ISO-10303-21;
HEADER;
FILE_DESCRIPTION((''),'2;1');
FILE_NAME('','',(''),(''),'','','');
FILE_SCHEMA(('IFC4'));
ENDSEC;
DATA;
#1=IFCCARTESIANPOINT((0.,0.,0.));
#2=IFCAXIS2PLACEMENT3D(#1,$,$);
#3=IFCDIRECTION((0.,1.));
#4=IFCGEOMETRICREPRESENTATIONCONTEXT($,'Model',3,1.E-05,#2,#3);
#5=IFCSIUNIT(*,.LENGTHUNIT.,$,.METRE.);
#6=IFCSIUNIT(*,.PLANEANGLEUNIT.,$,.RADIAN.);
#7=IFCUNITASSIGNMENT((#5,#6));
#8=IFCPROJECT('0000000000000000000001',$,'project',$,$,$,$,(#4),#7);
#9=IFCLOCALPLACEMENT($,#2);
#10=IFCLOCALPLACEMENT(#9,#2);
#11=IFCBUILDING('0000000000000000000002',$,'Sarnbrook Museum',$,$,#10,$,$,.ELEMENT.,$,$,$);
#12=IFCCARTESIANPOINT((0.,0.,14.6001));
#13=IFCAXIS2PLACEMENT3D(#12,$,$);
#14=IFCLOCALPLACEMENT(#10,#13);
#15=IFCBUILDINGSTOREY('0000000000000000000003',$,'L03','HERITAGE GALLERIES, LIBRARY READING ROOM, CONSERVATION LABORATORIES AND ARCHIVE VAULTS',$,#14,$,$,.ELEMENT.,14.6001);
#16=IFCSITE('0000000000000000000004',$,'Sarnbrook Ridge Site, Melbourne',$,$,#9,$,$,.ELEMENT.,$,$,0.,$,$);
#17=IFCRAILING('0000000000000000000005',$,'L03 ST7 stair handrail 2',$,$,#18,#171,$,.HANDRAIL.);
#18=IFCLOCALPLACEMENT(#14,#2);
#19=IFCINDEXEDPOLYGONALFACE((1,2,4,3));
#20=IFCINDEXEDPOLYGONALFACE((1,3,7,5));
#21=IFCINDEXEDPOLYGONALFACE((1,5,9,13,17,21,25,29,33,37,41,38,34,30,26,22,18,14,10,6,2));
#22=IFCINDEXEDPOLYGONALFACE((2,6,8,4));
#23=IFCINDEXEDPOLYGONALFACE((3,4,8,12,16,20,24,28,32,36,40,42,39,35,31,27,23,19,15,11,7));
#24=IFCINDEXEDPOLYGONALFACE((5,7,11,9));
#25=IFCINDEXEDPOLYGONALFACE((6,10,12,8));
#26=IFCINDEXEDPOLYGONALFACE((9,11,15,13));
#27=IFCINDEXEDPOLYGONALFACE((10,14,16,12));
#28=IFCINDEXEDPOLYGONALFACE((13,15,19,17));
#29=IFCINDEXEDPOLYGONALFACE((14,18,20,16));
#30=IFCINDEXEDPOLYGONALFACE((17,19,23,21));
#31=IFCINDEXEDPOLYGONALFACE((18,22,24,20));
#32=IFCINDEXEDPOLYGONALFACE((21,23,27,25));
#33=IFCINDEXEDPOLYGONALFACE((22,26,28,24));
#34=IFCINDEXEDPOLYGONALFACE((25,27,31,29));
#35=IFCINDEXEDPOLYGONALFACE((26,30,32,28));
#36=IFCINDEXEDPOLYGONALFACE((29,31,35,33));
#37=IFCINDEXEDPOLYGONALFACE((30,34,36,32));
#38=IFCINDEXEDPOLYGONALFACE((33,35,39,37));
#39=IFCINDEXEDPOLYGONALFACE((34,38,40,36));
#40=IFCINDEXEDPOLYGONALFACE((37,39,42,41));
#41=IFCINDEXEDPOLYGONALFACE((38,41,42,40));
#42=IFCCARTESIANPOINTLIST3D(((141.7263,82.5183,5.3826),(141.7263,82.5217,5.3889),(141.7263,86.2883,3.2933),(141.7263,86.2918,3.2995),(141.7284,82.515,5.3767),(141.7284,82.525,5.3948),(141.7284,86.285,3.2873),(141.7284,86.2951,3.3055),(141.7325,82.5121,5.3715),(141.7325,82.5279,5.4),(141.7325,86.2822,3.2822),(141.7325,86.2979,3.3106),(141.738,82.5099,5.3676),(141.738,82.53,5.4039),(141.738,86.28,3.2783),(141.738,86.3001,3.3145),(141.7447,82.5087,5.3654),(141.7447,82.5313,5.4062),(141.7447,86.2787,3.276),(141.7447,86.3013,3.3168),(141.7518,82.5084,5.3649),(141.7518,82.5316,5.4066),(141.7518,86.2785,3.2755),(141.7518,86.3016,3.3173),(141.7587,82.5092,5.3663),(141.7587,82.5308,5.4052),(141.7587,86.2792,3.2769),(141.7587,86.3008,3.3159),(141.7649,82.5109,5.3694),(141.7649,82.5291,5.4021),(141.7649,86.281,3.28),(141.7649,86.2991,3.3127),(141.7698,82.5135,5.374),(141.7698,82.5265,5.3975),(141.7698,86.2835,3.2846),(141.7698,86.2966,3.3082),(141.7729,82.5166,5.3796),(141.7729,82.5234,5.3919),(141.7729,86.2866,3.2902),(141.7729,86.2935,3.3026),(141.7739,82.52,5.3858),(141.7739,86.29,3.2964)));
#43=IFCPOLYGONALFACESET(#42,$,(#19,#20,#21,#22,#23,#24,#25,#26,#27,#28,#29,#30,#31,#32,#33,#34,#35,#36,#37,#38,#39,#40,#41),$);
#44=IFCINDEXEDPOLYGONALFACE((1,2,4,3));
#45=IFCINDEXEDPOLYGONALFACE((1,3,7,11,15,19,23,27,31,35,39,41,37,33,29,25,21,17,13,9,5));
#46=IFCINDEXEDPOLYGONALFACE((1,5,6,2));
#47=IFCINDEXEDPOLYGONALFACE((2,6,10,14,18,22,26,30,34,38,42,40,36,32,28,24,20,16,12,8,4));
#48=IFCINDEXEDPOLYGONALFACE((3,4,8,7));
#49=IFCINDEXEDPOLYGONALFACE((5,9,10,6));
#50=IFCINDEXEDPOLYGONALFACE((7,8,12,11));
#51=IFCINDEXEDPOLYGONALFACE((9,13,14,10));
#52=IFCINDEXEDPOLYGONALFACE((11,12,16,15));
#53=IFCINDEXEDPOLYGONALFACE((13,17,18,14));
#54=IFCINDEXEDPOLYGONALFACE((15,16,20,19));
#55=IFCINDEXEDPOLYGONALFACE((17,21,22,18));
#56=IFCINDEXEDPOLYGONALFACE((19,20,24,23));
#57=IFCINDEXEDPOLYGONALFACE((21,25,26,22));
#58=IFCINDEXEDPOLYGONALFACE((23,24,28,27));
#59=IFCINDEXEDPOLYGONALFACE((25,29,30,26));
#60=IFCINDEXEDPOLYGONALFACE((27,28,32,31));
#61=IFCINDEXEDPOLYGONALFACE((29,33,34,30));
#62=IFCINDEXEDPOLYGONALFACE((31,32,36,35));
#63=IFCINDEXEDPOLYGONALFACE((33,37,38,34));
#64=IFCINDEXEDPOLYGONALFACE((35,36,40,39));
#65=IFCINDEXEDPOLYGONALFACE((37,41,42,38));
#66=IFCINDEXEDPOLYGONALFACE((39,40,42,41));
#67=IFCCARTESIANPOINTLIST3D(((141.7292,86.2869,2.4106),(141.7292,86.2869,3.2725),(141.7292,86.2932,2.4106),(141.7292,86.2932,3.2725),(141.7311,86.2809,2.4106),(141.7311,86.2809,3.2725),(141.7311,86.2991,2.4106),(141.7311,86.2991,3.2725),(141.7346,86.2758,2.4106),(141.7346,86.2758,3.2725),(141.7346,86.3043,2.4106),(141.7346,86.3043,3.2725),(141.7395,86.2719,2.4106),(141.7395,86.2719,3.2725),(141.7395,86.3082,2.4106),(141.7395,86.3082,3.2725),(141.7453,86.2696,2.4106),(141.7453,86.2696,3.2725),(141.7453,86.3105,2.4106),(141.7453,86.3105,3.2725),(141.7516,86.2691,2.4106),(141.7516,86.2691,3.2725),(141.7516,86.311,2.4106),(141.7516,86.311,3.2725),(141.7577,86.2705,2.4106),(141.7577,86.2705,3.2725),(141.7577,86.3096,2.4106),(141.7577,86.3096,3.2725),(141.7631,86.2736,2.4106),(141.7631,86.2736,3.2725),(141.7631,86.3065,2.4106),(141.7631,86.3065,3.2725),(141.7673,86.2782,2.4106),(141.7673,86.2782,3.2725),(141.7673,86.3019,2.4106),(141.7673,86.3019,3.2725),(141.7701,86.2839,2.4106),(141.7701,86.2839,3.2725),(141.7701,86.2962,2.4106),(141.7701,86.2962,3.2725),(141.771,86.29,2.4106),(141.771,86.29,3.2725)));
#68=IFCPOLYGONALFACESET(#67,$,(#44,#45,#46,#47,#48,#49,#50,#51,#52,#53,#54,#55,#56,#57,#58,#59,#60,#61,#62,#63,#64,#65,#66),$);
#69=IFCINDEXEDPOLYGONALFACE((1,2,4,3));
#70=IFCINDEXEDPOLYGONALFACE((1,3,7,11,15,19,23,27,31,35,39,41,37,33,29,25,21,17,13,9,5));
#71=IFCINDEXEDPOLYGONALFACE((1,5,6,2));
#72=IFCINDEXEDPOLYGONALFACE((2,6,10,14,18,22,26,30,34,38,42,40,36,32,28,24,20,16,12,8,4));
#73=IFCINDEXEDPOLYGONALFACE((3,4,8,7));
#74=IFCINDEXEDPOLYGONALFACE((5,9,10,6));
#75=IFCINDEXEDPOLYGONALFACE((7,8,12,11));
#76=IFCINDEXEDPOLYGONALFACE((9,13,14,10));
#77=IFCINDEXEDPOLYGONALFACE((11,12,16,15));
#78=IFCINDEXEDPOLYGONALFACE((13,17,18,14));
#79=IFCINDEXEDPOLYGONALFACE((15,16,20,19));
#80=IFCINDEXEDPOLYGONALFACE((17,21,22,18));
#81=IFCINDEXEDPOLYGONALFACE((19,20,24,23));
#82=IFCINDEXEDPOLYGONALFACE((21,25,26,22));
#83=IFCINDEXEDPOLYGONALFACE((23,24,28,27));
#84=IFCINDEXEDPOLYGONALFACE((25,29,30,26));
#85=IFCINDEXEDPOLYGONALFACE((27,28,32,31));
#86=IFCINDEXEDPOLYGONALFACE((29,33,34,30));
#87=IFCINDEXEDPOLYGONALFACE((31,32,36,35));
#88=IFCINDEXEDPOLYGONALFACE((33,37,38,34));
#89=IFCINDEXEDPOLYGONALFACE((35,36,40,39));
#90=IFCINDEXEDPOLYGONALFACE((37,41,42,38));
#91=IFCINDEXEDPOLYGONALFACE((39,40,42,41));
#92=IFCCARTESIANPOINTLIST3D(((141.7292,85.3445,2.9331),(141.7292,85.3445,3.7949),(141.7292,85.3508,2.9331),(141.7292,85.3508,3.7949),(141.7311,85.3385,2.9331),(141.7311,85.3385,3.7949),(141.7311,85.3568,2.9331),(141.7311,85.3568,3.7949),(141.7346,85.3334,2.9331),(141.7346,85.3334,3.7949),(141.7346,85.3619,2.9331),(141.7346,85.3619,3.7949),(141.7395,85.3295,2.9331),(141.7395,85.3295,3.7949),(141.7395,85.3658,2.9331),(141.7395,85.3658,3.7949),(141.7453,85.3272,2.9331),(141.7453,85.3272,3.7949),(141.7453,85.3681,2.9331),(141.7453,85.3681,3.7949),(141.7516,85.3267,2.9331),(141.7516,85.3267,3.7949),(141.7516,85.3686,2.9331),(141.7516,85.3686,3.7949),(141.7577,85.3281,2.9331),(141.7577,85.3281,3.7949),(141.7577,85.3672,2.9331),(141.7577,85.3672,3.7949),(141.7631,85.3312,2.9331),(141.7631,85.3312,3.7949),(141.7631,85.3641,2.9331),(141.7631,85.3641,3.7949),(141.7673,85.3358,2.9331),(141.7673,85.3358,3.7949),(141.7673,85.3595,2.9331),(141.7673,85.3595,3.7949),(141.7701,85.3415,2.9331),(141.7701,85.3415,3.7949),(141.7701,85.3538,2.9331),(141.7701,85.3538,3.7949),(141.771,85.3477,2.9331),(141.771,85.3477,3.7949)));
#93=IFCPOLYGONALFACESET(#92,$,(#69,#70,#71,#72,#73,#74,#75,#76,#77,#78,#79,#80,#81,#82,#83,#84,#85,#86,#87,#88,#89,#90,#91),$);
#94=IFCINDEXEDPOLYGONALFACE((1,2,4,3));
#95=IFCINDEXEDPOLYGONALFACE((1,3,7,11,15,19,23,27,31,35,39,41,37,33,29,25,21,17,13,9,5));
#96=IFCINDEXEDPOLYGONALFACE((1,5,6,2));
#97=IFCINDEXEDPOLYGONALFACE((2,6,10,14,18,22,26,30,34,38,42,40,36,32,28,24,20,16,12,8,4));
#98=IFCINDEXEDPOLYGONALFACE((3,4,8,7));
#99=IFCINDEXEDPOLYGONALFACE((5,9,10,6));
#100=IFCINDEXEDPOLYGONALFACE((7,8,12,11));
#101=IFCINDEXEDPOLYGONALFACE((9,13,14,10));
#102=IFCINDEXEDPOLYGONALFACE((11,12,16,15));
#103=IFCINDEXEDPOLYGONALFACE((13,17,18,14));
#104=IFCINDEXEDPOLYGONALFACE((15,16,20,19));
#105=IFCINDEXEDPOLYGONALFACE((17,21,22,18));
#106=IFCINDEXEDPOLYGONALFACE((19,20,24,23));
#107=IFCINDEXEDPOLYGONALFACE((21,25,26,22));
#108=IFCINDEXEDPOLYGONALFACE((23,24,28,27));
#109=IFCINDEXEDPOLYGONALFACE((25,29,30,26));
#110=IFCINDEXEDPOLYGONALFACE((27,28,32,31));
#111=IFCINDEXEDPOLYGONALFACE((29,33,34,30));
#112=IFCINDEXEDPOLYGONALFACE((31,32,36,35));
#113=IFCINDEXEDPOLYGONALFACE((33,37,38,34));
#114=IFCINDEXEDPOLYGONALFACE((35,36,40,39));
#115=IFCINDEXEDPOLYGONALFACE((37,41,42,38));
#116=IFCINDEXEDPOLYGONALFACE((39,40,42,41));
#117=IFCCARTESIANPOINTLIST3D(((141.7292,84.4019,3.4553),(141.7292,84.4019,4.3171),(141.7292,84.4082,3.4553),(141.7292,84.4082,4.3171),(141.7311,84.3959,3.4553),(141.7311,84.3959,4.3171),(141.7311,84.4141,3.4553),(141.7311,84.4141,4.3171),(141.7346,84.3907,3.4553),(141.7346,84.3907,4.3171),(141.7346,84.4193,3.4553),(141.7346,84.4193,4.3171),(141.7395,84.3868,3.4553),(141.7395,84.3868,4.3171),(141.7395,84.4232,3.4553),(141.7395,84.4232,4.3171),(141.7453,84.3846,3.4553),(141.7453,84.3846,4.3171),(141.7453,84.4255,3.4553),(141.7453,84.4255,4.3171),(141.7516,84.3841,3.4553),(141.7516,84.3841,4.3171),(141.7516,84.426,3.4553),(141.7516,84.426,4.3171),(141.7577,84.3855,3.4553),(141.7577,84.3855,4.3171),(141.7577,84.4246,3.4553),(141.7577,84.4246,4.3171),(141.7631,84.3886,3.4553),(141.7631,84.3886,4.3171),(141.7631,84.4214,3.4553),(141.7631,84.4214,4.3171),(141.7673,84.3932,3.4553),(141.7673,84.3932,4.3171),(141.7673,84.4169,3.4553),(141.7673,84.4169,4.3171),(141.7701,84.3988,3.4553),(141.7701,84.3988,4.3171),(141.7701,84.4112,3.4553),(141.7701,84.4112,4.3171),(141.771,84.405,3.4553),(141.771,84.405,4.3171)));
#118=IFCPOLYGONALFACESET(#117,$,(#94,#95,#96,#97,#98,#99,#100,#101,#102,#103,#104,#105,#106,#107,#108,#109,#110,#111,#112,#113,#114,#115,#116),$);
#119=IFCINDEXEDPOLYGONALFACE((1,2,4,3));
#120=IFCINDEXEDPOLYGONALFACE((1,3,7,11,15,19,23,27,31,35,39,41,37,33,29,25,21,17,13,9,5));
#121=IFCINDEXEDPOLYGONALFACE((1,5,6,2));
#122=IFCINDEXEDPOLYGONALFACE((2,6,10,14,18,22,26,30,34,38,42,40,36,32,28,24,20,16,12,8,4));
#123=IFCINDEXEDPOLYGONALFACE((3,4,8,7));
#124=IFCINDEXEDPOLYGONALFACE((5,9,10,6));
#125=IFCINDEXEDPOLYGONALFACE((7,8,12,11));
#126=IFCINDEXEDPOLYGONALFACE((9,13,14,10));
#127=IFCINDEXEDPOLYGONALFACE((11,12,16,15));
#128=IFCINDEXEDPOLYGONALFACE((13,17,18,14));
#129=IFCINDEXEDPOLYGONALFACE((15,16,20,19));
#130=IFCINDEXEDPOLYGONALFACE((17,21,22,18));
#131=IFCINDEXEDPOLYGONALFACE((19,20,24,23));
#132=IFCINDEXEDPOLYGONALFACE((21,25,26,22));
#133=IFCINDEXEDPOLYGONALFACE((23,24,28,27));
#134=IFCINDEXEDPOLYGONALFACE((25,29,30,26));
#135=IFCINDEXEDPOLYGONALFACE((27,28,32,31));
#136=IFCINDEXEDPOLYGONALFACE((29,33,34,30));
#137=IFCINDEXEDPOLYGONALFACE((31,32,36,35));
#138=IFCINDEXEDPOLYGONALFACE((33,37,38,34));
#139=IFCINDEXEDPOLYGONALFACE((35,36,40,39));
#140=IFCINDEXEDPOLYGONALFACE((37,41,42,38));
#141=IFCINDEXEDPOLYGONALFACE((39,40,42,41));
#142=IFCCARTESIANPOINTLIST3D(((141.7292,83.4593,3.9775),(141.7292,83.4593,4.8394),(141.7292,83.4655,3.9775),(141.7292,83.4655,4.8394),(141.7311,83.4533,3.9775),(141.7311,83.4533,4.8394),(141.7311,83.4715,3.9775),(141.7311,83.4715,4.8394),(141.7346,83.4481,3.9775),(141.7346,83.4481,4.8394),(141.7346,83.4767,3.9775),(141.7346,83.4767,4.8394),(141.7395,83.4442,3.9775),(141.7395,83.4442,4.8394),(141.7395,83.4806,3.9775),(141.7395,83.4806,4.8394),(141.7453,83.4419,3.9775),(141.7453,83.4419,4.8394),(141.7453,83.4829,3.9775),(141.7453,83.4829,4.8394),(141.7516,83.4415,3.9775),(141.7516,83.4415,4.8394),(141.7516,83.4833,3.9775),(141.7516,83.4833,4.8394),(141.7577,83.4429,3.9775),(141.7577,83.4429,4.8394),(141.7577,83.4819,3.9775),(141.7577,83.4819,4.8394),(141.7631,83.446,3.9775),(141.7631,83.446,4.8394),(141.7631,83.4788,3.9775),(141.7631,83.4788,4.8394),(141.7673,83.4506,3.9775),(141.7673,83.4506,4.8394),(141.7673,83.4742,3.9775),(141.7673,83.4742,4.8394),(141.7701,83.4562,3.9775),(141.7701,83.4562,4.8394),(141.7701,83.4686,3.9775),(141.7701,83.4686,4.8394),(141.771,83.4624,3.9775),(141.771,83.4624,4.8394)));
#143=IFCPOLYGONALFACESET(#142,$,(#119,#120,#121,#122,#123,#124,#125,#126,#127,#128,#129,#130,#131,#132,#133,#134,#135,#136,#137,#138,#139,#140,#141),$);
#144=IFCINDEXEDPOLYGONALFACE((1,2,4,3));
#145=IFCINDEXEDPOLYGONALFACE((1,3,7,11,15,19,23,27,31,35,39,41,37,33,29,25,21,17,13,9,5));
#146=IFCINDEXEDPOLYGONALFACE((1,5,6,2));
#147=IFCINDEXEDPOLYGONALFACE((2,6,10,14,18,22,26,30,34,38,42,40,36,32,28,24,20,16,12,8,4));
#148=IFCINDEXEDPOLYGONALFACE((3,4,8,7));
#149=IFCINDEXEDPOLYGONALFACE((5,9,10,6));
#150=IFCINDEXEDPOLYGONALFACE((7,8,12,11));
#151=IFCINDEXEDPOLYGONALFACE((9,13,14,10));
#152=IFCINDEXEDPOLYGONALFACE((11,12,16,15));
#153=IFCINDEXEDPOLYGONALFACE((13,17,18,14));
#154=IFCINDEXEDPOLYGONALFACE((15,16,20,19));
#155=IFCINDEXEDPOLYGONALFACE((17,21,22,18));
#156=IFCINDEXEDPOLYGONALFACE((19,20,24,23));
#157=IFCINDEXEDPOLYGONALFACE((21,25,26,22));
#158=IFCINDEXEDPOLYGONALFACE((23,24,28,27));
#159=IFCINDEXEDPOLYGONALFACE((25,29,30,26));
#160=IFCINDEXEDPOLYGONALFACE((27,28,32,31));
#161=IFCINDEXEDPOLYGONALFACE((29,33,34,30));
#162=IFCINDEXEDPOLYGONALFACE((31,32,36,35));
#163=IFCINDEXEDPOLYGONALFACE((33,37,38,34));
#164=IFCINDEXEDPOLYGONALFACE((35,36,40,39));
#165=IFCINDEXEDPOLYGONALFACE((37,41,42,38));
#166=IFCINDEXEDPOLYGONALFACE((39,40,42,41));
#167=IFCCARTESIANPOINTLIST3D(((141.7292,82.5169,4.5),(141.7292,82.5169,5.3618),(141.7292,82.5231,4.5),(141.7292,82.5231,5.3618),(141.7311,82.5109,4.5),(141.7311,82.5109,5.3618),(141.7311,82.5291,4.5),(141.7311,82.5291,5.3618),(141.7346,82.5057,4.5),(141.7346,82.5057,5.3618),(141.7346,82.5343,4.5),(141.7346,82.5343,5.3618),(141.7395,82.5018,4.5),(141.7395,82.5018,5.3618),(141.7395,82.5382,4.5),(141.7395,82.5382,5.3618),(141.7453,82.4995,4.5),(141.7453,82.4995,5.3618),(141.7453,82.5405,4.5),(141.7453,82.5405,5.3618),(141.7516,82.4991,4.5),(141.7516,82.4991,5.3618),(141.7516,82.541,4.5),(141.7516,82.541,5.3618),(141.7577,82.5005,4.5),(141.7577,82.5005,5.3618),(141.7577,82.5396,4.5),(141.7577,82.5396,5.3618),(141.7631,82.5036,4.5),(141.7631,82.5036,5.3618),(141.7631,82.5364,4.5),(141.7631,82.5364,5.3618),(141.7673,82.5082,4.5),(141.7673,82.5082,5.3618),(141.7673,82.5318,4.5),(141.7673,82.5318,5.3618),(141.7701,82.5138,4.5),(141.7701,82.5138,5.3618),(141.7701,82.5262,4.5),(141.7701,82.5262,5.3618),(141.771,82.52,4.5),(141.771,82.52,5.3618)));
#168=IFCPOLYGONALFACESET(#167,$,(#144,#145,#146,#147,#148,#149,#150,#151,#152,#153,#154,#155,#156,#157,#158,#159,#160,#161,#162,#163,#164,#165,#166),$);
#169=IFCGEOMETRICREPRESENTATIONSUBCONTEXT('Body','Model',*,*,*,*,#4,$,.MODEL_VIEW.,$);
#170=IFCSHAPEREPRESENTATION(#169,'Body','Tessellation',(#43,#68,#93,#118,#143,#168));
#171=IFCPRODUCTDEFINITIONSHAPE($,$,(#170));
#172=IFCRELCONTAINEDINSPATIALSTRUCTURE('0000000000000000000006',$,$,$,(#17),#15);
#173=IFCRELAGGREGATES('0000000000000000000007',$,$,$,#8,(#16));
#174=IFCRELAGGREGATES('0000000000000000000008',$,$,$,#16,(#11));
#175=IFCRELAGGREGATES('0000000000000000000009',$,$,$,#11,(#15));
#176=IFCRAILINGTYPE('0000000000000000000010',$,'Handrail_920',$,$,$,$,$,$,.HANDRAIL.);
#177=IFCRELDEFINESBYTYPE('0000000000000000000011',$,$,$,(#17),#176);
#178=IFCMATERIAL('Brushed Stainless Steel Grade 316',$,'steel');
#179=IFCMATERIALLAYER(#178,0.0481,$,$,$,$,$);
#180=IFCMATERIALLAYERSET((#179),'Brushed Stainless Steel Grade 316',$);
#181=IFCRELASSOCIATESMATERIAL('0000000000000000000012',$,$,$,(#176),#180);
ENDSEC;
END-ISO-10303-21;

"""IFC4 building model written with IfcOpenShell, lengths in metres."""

from ifc_helpers import new_model, si_unit, direction, frame, origin, origin_2d, place, context, subcontext, project, spatial, circle, extrude, material, layer, layer_set, type_object, element, save


model = new_model("IFC4")

# Units and contexts
model_context = context("Model", 3, precision=1e-05, world=origin(), true_north=direction((0.0, 1.0)))
body_context = subcontext(model_context, "Body", "Model", "MODEL_VIEW")
ifc_project = project(units=[si_unit("LENGTHUNIT", "METRE"), si_unit("PLANEANGLEUNIT", "RADIAN")], contexts=[model_context])

# Site, building, storey
site_placement = place(None, origin())
site = spatial("IfcSite", under=ifc_project, at=site_placement, Name="Sarnbrook Ridge Site, Melbourne", CompositionType="ELEMENT", RefElevation=0.0)
building_placement = place(site_placement, origin())
building = spatial("IfcBuilding", under=site, at=building_placement, Name="Sarnbrook Museum", CompositionType="ELEMENT")
storey_placement = place(building_placement, frame((0.0, 0.0, 14.6001)))
storey = spatial("IfcBuildingStorey", under=building, at=storey_placement, Name="L03", Description="HERITAGE GALLERIES, LIBRARY READING ROOM, CONSERVATION LABORATORIES AND ARCHIVE VAULTS", CompositionType="ELEMENT", Elevation=14.6001)

# Railing
ifc_material_1 = material(Name="Brushed Stainless Steel Grade 316", Category="steel")
ifc_layer_1 = layer(ifc_material_1, 0.0481)
ifc_layer_set_1 = layer_set([ifc_layer_1], Name="Brushed Stainless Steel Grade 316")
railing_type_1 = type_object("IfcRailingType", Name="Handrail_920", PredefinedType="HANDRAIL", material=ifc_layer_set_1)
railing_1_placement = place(storey_placement, frame((141.75, 86.29, 2.4106)))
element("IfcRailing", 1, at=railing_1_placement, inside=storey, type_object=railing_type_1, Name="L03 ST7 stair handrail 2", PredefinedType="HANDRAIL", context=body_context, shape_type="SweptSolid", body=[
    extrude(circle(Radius=0.0239, at=origin_2d()), frame((0.0, 0.0, 0.8857), z_axis=(0.0, -0.874659, 0.484739), x_axis=(1.0, 0.0, 0.0)), (0.0, 0.0, 1.0), 4.3103),
    extrude(circle(Radius=0.021, at=origin_2d()), origin(), (0.0, 0.0, 1.0), 0.8618),
    extrude(circle(Radius=0.021, at=origin_2d()), frame((0.0, -0.9424, 0.5225)), (0.0, 0.0, 1.0), 0.8618),
    extrude(circle(Radius=0.021, at=origin_2d()), frame((0.0, -1.885, 1.0447)), (0.0, 0.0, 1.0), 0.8618),
    extrude(circle(Radius=0.021, at=origin_2d()), frame((0.0, -2.8276, 1.5669)), (0.0, 0.0, 1.0), 0.8618),
    extrude(circle(Radius=0.021, at=origin_2d()), frame((0.0, -3.77, 2.0894)), (0.0, 0.0, 1.0), 0.8618),
])

save(model, "model.ifc")
